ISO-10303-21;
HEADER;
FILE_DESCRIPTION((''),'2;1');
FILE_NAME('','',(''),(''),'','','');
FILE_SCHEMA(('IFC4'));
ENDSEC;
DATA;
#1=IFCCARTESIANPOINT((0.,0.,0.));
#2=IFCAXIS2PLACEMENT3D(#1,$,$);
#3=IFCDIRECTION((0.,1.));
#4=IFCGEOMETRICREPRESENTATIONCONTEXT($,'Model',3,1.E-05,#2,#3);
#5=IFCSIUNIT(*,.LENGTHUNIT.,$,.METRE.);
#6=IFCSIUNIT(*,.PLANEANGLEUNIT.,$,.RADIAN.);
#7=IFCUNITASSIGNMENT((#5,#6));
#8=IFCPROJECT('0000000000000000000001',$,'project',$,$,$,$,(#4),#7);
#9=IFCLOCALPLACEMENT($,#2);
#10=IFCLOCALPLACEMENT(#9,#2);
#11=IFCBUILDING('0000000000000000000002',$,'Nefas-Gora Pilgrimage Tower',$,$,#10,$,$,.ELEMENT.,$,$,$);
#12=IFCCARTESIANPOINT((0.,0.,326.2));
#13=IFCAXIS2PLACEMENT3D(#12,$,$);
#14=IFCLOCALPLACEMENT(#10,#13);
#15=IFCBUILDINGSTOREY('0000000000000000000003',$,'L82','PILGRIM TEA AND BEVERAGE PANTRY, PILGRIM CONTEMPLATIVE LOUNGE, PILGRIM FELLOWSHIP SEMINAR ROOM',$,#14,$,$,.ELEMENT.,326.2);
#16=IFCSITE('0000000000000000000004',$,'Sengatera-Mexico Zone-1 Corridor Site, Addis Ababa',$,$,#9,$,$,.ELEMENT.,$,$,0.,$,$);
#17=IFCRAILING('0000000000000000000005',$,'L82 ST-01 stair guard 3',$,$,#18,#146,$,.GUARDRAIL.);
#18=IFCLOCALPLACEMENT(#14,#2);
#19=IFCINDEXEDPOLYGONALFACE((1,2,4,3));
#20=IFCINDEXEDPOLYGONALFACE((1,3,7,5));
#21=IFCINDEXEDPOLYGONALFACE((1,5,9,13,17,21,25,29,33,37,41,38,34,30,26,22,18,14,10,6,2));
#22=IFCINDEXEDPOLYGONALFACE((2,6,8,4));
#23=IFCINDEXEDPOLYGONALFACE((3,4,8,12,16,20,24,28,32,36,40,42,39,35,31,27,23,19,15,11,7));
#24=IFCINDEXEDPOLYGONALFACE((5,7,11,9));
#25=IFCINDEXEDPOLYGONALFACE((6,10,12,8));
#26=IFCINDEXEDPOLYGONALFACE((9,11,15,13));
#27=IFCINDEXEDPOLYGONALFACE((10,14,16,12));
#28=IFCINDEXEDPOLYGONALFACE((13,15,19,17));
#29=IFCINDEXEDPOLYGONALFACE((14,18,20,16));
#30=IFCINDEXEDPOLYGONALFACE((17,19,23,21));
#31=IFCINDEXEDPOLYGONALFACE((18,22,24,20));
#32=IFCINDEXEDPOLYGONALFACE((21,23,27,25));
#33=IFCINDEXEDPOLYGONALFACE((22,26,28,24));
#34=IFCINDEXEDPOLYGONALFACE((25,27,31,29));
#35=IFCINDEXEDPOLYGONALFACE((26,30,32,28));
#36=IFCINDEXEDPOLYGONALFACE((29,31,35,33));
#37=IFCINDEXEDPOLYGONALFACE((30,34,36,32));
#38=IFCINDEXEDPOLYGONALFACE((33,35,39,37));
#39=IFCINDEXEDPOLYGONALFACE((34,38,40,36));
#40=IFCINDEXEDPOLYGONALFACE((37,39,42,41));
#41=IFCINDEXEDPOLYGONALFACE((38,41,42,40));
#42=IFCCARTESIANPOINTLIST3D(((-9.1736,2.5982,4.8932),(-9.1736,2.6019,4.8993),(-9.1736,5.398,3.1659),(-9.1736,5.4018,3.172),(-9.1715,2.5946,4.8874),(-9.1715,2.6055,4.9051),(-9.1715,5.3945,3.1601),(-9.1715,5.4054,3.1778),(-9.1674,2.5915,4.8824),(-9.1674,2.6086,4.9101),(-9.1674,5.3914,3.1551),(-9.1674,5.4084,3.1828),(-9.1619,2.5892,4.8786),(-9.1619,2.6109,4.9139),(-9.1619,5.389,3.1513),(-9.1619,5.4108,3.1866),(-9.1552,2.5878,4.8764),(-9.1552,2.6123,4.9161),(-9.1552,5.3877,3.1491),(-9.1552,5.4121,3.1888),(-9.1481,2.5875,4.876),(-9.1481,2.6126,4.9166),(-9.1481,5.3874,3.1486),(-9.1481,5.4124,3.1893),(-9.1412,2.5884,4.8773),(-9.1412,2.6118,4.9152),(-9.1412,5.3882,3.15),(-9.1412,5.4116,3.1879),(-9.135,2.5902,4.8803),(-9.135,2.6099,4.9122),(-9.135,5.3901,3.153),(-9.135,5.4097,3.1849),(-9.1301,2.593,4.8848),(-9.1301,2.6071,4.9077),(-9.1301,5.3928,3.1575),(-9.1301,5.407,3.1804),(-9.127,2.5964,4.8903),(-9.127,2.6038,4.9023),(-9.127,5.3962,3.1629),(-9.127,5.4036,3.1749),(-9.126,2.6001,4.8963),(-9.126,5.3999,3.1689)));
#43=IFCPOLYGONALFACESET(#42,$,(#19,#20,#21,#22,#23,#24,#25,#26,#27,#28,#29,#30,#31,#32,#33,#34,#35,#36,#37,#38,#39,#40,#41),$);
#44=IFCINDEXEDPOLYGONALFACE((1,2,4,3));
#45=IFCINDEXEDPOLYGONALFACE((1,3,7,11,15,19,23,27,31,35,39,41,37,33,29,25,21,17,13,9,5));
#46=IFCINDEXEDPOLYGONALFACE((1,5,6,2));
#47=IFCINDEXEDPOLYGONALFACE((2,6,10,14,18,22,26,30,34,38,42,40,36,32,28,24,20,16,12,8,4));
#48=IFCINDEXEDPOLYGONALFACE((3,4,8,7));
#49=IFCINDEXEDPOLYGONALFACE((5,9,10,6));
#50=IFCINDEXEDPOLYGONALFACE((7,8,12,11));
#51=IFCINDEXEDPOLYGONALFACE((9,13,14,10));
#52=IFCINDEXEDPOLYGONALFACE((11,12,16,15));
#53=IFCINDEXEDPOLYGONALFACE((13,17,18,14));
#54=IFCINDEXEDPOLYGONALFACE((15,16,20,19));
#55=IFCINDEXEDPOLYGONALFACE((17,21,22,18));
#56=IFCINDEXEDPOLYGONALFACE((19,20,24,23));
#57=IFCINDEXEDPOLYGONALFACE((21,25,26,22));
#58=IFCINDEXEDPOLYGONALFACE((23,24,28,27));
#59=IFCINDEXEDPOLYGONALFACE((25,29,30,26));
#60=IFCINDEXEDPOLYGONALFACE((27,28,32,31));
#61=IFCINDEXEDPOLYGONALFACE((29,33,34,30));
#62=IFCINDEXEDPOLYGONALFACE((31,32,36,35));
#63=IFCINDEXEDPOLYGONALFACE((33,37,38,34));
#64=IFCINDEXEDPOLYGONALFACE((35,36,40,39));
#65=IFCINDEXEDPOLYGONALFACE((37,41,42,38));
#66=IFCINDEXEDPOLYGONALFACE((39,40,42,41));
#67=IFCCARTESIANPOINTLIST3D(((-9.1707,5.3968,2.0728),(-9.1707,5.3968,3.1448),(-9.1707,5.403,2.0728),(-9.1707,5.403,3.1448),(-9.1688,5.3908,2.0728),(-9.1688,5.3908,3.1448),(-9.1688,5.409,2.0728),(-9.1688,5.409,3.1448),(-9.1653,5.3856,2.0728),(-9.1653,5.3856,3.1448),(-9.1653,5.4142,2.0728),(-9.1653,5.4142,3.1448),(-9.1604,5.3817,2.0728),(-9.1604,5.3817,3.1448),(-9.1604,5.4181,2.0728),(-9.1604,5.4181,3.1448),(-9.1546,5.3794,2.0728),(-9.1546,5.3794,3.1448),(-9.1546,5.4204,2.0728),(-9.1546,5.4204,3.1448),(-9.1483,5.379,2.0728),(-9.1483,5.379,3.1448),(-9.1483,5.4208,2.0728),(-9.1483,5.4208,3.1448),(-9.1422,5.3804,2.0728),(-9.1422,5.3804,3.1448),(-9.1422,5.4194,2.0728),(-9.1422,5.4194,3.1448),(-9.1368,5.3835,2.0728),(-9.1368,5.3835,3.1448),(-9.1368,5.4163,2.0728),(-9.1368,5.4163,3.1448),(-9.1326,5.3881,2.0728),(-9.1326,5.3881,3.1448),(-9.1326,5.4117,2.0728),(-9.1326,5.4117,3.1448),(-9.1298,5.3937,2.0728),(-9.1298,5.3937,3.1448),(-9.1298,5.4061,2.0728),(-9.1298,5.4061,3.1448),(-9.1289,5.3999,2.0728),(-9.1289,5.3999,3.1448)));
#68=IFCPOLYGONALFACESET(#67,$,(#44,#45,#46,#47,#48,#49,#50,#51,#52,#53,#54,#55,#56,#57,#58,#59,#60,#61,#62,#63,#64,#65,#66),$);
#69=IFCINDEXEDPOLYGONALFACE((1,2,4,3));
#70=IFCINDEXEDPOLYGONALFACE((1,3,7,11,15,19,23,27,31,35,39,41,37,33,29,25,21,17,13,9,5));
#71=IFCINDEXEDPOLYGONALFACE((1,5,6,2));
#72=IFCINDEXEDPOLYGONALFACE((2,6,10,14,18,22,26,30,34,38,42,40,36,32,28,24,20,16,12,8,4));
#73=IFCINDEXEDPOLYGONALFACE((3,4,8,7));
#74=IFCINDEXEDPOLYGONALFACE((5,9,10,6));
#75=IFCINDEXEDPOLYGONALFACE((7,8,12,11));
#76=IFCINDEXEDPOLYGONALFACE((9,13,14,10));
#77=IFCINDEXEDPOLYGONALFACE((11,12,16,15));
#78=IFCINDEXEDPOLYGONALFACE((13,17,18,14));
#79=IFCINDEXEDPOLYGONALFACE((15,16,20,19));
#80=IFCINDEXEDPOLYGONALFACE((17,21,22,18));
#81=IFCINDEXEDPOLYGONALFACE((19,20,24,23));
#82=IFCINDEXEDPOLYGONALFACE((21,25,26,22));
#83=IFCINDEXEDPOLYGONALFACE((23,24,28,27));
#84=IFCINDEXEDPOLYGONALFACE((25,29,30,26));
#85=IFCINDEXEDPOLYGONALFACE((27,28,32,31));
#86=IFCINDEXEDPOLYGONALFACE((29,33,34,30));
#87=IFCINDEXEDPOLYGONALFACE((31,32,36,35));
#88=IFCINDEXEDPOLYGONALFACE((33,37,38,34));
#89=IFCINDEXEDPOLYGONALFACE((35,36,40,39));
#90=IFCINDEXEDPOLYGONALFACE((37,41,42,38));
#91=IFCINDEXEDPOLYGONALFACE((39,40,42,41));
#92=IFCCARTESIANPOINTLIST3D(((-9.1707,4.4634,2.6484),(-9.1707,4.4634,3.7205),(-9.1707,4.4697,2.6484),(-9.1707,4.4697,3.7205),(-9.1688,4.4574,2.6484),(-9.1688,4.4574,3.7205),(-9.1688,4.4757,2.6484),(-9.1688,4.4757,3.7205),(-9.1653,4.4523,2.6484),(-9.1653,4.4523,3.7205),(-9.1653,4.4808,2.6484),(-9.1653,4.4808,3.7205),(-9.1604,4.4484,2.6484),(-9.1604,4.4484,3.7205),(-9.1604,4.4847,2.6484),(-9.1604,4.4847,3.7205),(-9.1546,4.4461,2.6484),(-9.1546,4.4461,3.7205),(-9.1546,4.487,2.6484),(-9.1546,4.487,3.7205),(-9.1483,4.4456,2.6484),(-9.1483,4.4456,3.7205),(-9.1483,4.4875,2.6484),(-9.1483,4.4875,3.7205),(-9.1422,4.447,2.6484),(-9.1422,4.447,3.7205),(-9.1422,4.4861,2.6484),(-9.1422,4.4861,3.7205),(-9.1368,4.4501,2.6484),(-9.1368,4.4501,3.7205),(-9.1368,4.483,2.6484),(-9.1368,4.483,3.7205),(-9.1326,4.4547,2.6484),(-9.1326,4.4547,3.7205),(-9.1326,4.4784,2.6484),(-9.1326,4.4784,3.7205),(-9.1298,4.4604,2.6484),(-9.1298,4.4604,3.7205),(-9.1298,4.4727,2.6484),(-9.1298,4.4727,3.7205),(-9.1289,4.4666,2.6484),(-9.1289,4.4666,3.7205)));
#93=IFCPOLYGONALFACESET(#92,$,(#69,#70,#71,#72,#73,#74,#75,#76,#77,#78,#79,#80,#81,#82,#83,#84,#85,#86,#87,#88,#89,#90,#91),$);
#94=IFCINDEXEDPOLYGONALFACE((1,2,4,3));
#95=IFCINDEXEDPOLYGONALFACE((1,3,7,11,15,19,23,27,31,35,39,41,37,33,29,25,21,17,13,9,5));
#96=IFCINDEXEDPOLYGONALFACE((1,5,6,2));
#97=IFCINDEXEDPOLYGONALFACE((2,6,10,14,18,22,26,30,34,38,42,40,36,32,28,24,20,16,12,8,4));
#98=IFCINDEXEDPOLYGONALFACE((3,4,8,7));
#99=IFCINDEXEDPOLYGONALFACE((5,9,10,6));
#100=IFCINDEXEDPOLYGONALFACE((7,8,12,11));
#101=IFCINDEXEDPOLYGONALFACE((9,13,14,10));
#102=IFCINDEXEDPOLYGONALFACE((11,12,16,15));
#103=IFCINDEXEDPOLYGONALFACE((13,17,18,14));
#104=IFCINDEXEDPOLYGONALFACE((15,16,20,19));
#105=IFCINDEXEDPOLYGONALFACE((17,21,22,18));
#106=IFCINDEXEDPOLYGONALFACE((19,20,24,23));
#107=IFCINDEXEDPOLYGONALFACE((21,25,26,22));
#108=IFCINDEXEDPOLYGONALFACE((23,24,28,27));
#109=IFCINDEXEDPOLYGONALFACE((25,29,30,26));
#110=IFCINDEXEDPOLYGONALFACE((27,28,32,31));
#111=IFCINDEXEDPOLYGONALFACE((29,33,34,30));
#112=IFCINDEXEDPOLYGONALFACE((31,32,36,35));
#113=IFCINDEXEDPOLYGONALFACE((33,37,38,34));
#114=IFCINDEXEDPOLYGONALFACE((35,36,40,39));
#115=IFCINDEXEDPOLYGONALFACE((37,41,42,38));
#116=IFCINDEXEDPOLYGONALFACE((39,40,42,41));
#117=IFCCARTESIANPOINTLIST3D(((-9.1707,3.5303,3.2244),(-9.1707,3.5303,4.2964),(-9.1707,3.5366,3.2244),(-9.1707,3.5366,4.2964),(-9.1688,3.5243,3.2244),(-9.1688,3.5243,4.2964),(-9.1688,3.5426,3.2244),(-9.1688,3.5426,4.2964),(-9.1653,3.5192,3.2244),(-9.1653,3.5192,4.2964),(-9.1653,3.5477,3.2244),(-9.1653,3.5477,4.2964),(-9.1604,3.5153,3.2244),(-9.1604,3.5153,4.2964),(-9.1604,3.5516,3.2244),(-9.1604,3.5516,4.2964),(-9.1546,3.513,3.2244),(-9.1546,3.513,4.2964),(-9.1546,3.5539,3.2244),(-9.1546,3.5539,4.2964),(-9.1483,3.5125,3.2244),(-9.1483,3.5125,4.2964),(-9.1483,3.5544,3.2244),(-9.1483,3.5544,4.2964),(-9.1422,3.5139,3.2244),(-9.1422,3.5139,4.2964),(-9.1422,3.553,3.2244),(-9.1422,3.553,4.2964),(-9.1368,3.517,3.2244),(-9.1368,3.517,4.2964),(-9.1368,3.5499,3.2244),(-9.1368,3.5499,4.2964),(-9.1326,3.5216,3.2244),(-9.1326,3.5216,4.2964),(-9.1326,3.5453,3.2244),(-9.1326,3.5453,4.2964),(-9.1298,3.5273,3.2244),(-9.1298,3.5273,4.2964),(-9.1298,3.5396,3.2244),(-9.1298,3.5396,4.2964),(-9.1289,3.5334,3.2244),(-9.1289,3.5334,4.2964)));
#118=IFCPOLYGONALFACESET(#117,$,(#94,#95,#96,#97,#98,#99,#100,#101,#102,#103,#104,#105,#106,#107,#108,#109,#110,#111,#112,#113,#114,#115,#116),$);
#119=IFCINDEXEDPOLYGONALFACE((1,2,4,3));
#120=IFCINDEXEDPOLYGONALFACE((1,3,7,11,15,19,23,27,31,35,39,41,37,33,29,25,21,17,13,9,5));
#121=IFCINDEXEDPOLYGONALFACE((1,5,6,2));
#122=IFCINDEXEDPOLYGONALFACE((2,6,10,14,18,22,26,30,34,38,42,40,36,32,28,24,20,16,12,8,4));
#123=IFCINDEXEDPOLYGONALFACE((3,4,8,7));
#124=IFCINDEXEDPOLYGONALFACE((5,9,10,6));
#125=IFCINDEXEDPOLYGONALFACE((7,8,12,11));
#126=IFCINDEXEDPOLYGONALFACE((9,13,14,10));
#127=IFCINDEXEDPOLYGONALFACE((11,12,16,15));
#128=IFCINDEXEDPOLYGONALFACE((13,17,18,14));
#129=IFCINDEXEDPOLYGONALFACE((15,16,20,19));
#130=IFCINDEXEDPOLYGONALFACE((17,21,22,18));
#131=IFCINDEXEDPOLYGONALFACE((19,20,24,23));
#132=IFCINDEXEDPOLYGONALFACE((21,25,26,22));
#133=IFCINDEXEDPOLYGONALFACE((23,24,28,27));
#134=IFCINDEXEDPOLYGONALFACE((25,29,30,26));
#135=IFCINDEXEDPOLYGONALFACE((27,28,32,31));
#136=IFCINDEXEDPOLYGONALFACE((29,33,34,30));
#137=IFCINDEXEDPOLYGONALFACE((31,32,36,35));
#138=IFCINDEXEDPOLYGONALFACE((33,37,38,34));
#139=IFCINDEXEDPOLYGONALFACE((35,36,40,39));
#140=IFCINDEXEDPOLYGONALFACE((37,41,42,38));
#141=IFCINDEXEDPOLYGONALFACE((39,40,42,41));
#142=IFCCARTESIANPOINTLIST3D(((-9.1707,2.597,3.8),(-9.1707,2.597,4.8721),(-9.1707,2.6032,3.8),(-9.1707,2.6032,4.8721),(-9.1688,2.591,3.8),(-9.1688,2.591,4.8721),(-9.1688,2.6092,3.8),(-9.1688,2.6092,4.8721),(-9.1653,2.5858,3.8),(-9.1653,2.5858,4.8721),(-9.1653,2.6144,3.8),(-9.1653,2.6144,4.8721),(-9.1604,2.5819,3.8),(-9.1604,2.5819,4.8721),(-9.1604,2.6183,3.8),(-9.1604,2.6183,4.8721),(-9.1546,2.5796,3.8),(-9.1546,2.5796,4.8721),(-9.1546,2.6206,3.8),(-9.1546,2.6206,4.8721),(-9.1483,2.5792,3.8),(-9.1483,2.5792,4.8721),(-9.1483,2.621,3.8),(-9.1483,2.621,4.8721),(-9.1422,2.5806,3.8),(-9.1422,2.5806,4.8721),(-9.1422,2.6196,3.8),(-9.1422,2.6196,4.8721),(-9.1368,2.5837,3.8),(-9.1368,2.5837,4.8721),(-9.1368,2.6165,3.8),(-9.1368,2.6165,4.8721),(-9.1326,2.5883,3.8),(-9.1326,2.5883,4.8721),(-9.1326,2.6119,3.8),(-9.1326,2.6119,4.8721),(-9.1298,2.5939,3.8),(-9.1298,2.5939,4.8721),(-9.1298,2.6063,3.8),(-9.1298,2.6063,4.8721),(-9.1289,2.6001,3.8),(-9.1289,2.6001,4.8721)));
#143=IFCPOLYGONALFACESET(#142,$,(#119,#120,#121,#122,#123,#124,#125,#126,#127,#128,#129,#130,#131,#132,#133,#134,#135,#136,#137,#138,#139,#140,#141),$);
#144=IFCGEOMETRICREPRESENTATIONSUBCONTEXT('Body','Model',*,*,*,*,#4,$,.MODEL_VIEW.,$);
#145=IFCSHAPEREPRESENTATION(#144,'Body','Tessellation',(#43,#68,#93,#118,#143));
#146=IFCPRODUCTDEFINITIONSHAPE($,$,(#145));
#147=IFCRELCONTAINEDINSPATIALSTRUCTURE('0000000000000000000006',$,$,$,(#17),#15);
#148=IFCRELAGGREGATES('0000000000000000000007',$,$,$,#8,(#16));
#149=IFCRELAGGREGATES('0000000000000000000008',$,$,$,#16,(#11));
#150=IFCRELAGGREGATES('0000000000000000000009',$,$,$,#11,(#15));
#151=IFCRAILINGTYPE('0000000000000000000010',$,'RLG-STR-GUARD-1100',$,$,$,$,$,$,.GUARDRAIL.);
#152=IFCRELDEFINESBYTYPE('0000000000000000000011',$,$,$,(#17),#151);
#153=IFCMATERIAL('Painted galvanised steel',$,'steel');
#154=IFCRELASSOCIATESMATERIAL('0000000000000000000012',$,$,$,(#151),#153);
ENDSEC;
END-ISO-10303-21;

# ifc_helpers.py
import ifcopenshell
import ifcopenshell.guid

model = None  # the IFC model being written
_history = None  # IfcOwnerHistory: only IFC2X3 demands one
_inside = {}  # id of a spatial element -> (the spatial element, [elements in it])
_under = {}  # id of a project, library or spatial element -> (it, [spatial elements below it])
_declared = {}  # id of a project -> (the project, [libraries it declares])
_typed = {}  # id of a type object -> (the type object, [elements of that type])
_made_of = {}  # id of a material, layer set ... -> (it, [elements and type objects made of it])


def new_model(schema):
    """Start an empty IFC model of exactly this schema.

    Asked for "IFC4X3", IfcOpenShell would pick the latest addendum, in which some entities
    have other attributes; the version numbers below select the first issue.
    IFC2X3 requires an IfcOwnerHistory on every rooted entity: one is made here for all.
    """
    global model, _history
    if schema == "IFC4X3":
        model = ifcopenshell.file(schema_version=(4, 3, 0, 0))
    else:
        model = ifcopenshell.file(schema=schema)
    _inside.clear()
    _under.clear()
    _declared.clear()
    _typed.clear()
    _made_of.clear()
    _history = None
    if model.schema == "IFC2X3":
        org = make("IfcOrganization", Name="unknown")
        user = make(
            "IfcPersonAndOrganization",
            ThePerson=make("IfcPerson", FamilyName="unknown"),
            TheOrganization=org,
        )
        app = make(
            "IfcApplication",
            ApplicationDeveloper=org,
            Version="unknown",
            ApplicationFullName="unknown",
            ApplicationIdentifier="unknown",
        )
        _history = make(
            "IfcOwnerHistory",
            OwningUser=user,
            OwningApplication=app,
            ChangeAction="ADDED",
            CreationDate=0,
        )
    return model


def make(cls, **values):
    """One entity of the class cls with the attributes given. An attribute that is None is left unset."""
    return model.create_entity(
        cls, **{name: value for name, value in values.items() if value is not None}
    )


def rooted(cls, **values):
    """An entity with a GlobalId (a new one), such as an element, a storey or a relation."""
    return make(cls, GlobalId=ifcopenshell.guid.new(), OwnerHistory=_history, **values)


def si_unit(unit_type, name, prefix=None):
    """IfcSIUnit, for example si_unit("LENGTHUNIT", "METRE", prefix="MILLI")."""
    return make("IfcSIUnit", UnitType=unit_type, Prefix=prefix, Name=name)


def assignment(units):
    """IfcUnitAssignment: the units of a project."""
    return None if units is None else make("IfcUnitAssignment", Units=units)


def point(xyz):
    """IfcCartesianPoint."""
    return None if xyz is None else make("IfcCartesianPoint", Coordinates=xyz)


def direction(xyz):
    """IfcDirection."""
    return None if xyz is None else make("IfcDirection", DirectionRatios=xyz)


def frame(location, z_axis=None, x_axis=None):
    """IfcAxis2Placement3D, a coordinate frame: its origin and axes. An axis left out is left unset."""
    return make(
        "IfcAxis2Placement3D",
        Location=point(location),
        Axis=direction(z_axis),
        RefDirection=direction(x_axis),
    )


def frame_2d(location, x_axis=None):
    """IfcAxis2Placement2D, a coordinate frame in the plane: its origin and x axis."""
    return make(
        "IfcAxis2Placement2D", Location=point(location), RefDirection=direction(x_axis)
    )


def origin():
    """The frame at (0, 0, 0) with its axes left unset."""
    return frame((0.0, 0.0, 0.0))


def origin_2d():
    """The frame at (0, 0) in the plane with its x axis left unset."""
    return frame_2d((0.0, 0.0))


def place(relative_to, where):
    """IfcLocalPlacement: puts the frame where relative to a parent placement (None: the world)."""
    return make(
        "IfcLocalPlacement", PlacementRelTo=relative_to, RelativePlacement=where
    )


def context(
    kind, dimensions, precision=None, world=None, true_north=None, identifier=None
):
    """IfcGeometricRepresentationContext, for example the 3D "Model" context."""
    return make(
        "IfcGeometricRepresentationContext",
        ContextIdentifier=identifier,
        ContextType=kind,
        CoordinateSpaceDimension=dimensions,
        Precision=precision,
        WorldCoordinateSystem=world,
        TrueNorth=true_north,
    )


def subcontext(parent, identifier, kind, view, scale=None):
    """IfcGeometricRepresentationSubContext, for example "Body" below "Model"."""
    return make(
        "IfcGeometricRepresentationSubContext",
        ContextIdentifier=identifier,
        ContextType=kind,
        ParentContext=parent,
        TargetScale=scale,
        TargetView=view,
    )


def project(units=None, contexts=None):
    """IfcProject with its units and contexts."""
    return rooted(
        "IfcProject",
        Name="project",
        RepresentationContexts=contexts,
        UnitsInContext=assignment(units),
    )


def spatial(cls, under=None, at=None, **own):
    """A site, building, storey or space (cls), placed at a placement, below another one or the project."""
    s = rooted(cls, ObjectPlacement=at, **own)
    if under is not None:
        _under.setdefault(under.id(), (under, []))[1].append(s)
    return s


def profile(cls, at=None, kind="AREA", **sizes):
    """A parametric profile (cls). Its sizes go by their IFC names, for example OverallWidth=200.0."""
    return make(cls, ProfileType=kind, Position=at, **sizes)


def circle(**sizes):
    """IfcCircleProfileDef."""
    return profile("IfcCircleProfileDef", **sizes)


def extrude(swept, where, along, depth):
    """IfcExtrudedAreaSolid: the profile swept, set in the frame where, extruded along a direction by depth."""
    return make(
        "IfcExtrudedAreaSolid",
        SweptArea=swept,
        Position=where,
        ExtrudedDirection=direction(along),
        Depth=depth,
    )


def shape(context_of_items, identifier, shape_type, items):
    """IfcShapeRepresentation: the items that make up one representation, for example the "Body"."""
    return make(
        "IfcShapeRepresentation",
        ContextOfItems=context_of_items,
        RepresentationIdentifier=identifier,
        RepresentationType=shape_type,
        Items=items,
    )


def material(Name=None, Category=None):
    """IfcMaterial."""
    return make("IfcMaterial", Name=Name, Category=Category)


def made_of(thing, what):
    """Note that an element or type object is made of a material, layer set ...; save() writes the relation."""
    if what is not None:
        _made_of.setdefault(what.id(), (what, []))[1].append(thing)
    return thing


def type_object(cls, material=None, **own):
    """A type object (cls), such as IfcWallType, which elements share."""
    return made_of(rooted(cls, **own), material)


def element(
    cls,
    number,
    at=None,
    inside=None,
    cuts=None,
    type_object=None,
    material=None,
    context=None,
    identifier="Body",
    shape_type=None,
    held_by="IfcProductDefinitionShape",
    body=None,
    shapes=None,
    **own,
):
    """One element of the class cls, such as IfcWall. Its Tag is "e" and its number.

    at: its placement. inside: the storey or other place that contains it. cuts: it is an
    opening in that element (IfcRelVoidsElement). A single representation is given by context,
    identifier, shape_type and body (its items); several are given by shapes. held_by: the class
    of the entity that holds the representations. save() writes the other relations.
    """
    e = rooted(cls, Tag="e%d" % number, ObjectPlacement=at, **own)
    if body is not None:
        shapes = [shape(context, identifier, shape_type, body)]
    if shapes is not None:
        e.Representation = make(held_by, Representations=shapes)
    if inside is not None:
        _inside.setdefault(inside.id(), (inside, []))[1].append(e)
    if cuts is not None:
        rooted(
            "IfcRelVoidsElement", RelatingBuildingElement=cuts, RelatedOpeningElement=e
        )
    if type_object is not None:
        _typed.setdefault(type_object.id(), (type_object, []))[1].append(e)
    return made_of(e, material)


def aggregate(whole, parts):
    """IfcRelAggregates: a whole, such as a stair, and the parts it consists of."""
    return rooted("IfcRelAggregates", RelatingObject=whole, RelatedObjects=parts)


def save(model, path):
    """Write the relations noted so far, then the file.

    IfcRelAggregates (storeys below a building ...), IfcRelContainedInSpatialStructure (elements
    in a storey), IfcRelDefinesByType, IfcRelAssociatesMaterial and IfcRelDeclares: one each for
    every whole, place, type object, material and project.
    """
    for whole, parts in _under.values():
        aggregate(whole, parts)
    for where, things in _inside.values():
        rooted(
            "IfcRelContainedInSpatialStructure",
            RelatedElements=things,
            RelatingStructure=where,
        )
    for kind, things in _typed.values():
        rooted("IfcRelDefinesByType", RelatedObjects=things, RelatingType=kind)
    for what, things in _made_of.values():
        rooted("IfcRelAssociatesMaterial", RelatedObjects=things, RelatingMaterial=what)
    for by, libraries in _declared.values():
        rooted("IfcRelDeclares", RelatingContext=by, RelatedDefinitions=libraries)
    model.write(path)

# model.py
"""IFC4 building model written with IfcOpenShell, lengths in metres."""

from ifc_helpers import new_model, si_unit, direction, frame, origin, origin_2d, place, context, subcontext, project, spatial, circle, extrude, material, type_object, element, save


model = new_model("IFC4")

# Units and contexts
model_context = context("Model", 3, precision=1e-05, world=origin(), true_north=direction((0.0, 1.0)))
body_context = subcontext(model_context, "Body", "Model", "MODEL_VIEW")
ifc_project = project(units=[si_unit("LENGTHUNIT", "METRE"), si_unit("PLANEANGLEUNIT", "RADIAN")], contexts=[model_context])

# Site, building, storey
site_placement = place(None, origin())
site = spatial("IfcSite", under=ifc_project, at=site_placement, Name="Sengatera-Mexico Zone-1 Corridor Site, Addis Ababa", CompositionType="ELEMENT", RefElevation=0.0)
building_placement = place(site_placement, origin())
building = spatial("IfcBuilding", under=site, at=building_placement, Name="Nefas-Gora Pilgrimage Tower", CompositionType="ELEMENT")
storey_placement = place(building_placement, frame((0.0, 0.0, 326.2)))
storey = spatial("IfcBuildingStorey", under=building, at=storey_placement, Name="L82", Description="PILGRIM TEA AND BEVERAGE PANTRY, PILGRIM CONTEMPLATIVE LOUNGE, PILGRIM FELLOWSHIP SEMINAR ROOM", CompositionType="ELEMENT", Elevation=326.2)

# Railing
ifc_material_1 = material(Name="Painted galvanised steel", Category="steel")
railing_type_1 = type_object("IfcRailingType", Name="RLG-STR-GUARD-1100", PredefinedType="GUARDRAIL", material=ifc_material_1)
railing_1_placement = place(storey_placement, frame((-9.1499, 5.3999, 2.0728)))
element("IfcRailing", 1, at=railing_1_placement, inside=storey, type_object=railing_type_1, Name="L82 ST-01 stair guard 3", PredefinedType="GUARDRAIL", context=body_context, shape_type="SweptSolid", body=[
    extrude(circle(Radius=0.0239, at=origin_2d()), frame((0.0, 0.0, 1.0962), z_axis=(0.0, -0.851069, 0.525054), x_axis=(1.0, 0.0, 0.0)), (0.0, 0.0, 1.0), 3.2898),
    extrude(circle(Radius=0.021, at=origin_2d()), origin(), (0.0, 0.0, 1.0), 1.072),
    extrude(circle(Radius=0.021, at=origin_2d()), frame((0.0, -0.9333, 0.5757)), (0.0, 0.0, 1.0), 1.072),
    extrude(circle(Radius=0.021, at=origin_2d()), frame((0.0, -1.8665, 1.1516)), (0.0, 0.0, 1.0), 1.072),
    extrude(circle(Radius=0.021, at=origin_2d()), frame((0.0, -2.7998, 1.7273)), (0.0, 0.0, 1.0), 1.072),
])

save(model, "model.ifc")
